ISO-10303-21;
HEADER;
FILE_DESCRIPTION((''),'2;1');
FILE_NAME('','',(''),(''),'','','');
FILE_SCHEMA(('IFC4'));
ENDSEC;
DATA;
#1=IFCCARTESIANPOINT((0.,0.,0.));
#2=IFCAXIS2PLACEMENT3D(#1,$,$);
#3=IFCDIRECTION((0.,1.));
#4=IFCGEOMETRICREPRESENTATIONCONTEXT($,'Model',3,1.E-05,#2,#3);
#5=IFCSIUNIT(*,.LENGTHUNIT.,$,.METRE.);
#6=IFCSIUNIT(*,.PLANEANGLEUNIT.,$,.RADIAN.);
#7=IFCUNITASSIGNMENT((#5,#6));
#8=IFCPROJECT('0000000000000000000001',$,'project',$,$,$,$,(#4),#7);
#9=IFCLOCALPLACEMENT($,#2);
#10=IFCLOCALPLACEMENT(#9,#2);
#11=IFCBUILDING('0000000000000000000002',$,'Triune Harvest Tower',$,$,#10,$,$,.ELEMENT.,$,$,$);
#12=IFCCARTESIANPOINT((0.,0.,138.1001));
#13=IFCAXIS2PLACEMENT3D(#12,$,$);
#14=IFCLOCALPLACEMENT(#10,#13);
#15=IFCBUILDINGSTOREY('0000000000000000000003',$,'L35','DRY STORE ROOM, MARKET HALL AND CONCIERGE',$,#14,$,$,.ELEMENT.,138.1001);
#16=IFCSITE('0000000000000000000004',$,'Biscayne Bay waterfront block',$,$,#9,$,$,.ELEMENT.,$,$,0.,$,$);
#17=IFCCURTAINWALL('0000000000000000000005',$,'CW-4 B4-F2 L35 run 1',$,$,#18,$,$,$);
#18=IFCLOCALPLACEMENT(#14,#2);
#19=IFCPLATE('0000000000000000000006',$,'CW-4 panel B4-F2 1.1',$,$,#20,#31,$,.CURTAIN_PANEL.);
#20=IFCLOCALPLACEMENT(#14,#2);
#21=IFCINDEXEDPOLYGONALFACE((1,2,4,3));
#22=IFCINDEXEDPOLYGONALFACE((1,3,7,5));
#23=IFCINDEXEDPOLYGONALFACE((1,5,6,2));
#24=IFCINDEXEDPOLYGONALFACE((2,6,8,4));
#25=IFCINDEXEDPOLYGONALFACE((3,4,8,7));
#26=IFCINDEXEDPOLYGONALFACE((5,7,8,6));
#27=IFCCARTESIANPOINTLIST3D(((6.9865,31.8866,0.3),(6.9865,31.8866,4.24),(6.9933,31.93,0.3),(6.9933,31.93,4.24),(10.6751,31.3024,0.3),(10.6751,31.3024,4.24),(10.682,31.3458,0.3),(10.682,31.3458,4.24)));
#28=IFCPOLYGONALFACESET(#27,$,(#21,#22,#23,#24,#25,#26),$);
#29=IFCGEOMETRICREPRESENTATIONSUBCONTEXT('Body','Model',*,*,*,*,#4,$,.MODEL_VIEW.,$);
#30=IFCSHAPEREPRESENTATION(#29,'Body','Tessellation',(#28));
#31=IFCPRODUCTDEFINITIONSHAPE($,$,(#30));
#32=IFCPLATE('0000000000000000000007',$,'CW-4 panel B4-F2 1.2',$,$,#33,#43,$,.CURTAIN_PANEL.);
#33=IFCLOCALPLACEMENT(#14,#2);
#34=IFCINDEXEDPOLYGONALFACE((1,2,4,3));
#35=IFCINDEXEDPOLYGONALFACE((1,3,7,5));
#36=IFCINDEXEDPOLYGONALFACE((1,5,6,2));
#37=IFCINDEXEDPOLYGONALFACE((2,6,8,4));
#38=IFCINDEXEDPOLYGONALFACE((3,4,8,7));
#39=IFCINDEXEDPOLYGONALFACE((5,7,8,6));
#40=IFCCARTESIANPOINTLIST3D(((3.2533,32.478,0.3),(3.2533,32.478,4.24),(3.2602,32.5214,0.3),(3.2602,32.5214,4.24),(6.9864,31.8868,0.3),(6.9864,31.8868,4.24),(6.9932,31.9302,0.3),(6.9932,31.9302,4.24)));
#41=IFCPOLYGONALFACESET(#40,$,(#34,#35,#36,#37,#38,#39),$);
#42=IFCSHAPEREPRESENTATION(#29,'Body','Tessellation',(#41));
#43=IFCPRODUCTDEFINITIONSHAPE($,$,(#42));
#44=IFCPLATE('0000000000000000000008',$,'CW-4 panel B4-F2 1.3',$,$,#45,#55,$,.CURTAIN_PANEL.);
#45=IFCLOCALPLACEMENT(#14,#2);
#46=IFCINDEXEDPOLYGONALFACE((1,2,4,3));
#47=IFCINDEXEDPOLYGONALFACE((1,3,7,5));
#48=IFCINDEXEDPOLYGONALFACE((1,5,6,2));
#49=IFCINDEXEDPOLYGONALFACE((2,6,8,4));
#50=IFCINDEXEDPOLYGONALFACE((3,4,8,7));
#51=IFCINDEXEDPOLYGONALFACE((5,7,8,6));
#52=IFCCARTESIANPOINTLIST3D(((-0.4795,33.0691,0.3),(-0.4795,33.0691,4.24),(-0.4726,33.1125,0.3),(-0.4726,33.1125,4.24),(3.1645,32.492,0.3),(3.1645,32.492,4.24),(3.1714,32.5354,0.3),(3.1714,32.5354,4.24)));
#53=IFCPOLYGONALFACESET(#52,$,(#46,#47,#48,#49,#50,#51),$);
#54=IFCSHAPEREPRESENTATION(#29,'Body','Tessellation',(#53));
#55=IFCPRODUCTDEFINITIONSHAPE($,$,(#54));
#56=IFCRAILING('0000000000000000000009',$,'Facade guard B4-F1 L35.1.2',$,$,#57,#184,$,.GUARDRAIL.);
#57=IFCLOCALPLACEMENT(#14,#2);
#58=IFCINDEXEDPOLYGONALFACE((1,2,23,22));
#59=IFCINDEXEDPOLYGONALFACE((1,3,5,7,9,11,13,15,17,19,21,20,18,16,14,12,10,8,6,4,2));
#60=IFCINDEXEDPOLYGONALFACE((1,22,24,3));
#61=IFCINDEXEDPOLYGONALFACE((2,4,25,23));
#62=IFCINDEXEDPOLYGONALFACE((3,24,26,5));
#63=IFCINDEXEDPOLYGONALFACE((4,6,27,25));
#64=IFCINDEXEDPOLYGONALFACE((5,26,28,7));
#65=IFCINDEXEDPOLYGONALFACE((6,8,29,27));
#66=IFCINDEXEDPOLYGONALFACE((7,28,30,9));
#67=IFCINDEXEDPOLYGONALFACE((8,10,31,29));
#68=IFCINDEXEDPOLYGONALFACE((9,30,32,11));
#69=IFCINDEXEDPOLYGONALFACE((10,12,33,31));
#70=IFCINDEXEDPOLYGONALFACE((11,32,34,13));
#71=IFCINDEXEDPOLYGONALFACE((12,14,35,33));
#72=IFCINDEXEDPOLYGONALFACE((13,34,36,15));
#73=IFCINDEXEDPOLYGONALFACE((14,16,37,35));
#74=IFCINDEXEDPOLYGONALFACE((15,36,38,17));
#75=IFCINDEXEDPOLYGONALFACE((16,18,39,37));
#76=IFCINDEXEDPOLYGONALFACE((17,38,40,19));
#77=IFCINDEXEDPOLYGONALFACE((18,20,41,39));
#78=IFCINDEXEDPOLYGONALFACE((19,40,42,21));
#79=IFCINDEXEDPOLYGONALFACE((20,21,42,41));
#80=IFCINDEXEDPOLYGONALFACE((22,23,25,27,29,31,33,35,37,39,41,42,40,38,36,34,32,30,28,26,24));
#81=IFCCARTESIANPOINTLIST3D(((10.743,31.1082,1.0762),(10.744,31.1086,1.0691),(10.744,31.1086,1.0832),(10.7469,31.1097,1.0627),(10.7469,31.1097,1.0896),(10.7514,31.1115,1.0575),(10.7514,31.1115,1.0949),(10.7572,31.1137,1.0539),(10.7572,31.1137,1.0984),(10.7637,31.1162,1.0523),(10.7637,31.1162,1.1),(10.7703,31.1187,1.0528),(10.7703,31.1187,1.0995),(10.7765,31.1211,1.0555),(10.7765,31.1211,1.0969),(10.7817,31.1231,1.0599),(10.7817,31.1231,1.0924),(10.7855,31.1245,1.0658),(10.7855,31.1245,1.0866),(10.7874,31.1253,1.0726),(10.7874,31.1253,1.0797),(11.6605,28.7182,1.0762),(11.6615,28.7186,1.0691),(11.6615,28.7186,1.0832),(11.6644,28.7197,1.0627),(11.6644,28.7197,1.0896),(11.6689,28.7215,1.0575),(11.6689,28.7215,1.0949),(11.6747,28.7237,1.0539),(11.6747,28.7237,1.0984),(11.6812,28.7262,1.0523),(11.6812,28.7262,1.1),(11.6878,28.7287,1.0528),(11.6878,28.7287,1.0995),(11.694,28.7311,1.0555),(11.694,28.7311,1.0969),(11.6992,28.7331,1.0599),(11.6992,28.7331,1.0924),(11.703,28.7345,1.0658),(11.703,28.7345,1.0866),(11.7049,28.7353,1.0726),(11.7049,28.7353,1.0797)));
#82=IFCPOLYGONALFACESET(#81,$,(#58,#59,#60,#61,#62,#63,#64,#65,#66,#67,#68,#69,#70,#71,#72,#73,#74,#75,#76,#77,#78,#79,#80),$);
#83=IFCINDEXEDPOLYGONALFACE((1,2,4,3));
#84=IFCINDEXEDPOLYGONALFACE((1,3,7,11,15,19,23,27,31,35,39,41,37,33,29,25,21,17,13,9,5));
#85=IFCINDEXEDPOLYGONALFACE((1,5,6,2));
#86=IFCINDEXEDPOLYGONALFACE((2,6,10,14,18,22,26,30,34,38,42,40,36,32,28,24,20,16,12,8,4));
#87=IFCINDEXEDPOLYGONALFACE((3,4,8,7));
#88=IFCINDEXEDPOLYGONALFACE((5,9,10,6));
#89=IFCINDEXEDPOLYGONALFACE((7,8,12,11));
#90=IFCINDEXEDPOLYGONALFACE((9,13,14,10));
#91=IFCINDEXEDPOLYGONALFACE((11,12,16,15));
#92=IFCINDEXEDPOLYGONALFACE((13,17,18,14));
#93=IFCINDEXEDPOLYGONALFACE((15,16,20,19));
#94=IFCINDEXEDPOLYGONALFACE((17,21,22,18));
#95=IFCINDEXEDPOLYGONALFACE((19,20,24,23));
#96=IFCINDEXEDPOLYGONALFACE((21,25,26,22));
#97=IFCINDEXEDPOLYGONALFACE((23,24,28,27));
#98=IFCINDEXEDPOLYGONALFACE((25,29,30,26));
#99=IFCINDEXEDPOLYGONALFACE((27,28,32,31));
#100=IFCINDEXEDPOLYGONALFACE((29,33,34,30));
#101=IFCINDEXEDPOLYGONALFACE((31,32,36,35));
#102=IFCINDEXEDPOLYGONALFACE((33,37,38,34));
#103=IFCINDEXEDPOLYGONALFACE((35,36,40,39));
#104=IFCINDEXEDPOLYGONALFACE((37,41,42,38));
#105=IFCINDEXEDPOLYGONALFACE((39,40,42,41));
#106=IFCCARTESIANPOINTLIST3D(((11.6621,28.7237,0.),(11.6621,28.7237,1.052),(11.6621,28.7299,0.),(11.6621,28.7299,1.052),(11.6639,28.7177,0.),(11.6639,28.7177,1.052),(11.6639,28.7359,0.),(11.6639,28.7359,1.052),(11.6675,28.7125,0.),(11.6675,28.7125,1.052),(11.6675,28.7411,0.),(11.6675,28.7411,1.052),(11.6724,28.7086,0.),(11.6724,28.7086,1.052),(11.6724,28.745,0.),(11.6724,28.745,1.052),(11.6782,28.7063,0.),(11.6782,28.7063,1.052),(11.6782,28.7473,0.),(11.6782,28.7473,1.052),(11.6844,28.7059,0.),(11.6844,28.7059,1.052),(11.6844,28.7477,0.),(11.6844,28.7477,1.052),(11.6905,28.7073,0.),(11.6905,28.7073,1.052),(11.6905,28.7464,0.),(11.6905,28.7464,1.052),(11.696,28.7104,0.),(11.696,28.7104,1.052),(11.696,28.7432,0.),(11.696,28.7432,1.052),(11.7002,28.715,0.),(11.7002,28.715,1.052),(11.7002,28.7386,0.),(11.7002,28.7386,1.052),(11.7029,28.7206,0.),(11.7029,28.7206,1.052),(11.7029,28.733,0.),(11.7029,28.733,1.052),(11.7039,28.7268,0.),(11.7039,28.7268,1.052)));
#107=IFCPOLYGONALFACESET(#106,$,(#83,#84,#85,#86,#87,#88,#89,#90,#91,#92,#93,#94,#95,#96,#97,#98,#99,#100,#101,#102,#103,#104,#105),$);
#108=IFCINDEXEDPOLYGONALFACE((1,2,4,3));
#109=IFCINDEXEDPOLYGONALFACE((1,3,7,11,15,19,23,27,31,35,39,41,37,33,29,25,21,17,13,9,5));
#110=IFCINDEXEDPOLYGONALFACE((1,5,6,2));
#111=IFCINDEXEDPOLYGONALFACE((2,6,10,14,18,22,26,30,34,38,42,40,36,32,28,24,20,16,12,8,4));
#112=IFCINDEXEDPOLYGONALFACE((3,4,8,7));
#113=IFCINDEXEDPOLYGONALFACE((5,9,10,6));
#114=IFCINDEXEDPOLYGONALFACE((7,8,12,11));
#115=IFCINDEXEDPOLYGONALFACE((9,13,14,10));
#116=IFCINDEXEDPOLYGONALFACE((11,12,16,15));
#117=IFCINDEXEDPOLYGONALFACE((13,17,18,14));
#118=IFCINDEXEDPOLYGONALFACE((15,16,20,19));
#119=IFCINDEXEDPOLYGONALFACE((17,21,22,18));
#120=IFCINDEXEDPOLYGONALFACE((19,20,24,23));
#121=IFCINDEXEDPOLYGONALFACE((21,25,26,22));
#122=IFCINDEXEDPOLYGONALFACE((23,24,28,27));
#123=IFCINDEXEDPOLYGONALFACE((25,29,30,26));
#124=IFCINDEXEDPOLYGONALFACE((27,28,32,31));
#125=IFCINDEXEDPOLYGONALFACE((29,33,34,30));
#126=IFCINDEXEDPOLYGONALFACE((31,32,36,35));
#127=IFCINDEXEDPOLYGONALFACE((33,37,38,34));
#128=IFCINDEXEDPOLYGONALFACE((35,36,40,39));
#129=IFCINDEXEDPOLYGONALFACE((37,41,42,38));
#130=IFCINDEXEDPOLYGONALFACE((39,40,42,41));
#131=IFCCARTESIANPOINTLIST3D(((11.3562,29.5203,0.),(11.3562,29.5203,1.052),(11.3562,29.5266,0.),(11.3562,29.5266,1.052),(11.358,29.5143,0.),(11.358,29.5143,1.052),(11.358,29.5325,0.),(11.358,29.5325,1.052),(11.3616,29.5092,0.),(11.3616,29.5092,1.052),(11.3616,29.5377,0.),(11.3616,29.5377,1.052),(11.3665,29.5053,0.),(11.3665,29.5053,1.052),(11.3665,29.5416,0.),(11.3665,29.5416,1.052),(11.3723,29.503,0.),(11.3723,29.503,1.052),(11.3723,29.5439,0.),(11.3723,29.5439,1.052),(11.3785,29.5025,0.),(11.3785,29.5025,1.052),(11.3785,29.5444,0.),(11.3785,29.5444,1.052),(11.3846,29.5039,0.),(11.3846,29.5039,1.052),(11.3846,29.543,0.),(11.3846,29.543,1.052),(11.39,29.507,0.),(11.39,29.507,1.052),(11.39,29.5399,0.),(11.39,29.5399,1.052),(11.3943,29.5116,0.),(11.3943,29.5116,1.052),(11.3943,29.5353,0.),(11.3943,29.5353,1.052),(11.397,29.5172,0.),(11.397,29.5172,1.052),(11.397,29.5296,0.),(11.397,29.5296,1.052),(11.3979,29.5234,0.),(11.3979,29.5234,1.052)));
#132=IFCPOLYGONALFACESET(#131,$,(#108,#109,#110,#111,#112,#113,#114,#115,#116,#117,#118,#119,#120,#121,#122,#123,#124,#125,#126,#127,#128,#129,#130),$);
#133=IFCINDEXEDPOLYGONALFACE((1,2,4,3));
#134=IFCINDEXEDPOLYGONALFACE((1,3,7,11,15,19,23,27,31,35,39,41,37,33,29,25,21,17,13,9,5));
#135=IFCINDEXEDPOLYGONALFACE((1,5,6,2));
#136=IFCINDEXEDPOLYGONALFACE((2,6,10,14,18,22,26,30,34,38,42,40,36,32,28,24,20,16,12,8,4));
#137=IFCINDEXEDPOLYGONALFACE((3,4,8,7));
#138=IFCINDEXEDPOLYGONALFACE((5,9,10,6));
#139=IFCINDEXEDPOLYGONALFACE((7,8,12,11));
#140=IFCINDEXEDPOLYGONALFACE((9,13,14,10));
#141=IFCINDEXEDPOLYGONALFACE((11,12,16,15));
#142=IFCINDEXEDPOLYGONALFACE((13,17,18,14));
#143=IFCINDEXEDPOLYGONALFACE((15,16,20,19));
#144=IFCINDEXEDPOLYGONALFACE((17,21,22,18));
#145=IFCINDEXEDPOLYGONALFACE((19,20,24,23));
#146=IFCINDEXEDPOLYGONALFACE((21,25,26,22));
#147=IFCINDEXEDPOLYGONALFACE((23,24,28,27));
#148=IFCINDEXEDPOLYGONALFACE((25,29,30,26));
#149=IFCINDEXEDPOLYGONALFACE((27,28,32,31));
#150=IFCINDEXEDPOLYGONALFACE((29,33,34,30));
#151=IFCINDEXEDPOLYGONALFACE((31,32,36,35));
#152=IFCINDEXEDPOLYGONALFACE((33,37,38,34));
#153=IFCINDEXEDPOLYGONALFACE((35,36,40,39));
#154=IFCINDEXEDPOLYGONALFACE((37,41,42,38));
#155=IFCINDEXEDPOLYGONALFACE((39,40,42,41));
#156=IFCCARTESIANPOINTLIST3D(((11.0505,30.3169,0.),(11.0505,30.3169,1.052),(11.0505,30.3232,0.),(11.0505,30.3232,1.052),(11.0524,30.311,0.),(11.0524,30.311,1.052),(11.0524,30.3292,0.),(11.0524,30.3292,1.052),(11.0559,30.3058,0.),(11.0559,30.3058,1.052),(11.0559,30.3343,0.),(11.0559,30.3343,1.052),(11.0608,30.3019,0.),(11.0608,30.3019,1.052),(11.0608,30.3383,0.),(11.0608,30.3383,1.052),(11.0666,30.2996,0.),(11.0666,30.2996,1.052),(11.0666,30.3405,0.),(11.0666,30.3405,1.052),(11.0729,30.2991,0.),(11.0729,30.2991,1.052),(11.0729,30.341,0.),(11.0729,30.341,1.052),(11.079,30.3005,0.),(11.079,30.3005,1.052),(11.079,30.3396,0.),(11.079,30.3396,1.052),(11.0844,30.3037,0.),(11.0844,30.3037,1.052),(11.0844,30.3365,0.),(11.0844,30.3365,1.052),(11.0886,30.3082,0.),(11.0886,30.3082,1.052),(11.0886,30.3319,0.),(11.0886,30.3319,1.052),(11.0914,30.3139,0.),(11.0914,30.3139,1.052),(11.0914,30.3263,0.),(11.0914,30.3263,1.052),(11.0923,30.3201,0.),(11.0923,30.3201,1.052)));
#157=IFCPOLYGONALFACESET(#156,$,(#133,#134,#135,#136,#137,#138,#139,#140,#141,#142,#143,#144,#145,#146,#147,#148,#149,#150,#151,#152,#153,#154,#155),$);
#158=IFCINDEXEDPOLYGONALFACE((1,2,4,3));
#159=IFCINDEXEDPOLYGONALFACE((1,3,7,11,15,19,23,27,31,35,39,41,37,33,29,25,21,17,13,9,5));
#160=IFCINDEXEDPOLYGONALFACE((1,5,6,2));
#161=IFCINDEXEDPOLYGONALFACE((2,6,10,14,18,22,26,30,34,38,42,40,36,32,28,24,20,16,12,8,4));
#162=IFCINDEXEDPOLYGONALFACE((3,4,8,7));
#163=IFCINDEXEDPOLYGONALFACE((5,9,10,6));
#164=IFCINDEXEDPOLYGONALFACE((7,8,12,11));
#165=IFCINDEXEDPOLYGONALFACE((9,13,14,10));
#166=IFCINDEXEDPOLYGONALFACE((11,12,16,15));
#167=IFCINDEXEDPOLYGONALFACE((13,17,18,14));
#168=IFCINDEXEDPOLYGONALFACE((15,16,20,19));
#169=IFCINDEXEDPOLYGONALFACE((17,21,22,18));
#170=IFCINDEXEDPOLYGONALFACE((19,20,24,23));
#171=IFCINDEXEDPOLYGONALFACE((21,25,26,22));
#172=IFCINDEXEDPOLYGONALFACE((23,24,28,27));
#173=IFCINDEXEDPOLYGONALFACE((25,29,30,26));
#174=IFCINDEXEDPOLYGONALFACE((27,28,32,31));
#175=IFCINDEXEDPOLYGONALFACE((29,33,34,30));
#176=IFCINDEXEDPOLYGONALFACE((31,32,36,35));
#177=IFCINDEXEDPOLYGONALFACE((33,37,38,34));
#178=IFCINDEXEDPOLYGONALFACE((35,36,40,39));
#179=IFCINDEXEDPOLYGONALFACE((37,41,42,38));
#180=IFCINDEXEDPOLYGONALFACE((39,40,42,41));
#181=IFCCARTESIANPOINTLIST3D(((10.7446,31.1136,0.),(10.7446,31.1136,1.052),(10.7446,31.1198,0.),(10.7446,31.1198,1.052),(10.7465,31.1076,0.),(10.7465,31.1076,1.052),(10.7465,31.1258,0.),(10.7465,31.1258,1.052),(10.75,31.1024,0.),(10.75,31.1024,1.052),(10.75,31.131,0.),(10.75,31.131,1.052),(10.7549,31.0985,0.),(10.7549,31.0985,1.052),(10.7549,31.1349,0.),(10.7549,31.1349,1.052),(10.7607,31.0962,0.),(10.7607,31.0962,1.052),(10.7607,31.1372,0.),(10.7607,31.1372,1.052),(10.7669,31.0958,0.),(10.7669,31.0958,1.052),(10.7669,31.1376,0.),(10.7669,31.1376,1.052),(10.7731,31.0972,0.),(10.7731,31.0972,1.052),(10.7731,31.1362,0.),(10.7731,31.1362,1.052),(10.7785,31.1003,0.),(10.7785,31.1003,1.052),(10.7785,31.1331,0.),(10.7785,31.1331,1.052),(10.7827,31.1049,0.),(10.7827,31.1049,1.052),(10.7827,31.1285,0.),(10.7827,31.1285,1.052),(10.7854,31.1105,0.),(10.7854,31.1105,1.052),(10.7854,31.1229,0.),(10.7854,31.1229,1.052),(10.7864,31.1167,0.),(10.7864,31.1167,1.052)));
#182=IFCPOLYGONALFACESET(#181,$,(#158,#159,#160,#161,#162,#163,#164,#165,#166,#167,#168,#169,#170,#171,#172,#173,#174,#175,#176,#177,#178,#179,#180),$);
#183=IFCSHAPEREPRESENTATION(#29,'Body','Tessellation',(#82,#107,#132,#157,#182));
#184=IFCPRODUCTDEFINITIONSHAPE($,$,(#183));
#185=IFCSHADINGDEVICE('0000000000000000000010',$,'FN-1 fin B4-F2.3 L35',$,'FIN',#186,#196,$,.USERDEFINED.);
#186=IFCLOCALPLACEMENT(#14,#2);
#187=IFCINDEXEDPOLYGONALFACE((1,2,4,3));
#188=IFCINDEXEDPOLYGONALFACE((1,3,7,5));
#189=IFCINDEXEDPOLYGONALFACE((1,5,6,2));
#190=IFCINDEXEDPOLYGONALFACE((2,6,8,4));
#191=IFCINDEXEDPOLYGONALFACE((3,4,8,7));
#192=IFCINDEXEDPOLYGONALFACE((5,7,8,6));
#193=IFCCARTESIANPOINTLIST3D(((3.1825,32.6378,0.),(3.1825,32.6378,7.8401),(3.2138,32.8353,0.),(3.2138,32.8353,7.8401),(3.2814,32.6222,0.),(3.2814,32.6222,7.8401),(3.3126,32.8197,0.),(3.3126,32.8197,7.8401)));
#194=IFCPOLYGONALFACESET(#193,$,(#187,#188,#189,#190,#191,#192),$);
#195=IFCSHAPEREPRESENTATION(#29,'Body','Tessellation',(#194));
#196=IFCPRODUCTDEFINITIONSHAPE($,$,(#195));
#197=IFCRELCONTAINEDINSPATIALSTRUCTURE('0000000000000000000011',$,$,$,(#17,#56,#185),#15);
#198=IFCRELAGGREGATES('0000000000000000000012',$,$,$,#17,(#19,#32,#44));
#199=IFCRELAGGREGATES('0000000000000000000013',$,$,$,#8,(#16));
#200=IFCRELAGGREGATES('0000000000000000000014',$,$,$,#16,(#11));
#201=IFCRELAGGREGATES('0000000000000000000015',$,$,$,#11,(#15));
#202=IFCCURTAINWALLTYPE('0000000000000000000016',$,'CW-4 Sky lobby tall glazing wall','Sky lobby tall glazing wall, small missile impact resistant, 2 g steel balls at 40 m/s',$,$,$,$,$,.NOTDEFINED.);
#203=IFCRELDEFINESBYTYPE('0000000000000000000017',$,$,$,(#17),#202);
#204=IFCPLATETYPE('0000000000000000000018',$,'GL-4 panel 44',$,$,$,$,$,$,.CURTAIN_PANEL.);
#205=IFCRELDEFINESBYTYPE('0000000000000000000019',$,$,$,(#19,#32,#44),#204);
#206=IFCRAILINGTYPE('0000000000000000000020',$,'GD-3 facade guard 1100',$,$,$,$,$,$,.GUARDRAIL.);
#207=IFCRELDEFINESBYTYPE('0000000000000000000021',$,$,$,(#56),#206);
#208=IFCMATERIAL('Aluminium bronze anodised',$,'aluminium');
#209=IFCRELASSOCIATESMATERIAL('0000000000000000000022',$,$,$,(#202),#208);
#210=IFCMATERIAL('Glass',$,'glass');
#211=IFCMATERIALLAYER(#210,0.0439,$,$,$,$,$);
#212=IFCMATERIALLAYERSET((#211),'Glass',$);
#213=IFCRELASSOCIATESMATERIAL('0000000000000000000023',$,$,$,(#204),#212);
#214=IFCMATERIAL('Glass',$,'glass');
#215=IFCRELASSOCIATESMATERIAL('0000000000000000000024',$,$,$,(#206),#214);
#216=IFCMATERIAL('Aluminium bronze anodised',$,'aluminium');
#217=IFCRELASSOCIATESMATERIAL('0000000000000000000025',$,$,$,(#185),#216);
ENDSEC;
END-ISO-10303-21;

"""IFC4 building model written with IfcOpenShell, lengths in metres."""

from ifc_helpers import new_model, si_unit, direction, frame, origin, origin_2d, place, context, subcontext, project, spatial, rectangle, circle, extrude, source, transform, mapped, material, layer, layer_set, type_object, element, aggregate, save


model = new_model("IFC4")

# Units and contexts
model_context = context("Model", 3, precision=1e-05, world=origin(), true_north=direction((0.0, 1.0)))
body_context = subcontext(model_context, "Body", "Model", "MODEL_VIEW")
ifc_project = project(units=[si_unit("LENGTHUNIT", "METRE"), si_unit("PLANEANGLEUNIT", "RADIAN")], contexts=[model_context])

# Site, building, storey
site_placement = place(None, origin())
site = spatial("IfcSite", under=ifc_project, at=site_placement, Name="Biscayne Bay waterfront block", CompositionType="ELEMENT", RefElevation=0.0)
building_placement = place(site_placement, origin())
building = spatial("IfcBuilding", under=site, at=building_placement, Name="Triune Harvest Tower", CompositionType="ELEMENT")
storey_placement = place(building_placement, frame((0.0, 0.0, 138.1001)))
storey = spatial("IfcBuildingStorey", under=building, at=storey_placement, Name="L35", Description="DRY STORE ROOM, MARKET HALL AND CONCIERGE", CompositionType="ELEMENT", Elevation=138.1001)

# Curtain wall
ifc_material_1 = material(Name="Aluminium bronze anodised", Category="aluminium")
curtain_wall_type_1 = type_object("IfcCurtainWallType", Name="CW-4 Sky lobby tall glazing wall", Description="Sky lobby tall glazing wall, small missile impact resistant, 2 g steel balls at 40 m/s", PredefinedType="NOTDEFINED", material=ifc_material_1)
curtain_wall_1_placement = place(storey_placement, origin())
curtain_wall_1 = element("IfcCurtainWall", 1, at=curtain_wall_1_placement, inside=storey, type_object=curtain_wall_type_1, Name="CW-4 B4-F2 L35 run 1")

# Plates
ifc_material_2 = material(Name="Glass", Category="glass")
ifc_layer_1 = layer(ifc_material_2, 0.0439)
ifc_layer_set_1 = layer_set([ifc_layer_1], Name="Glass")
plate_type_1 = type_object("IfcPlateType", Name="GL-4 panel 44", PredefinedType="CURTAIN_PANEL", material=ifc_layer_set_1)
shared_shape_1 = source(origin(), body_context, "Body", "SweptSolid", [
    extrude(rectangle(XDim=3.7346, YDim=0.0439, at=origin_2d()), origin(), (0.0, 0.0, 1.0), 3.9399),
])
plate_1_placement = place(storey_placement, frame((8.8342, 31.6162, 0.3), z_axis=(0.0, 0.0, 1.0), x_axis=(-0.987689, 0.156433, 0.0)))
plate_1 = element("IfcPlate", 2, at=plate_1_placement, type_object=plate_type_1, Name="CW-4 panel B4-F2 1.1", PredefinedType="CURTAIN_PANEL", context=body_context, shape_type="MappedRepresentation", body=[
    mapped(shared_shape_1, transform((0.0, 0.0, 0.0), scale=1.0)),
])
shared_shape_2 = source(origin(), body_context, "Body", "SweptSolid", [
    extrude(rectangle(XDim=3.7795, YDim=0.0439, at=origin_2d()), origin(), (0.0, 0.0, 1.0), 3.9399),
])
plate_2_placement = place(storey_placement, frame((5.1233, 32.2041, 0.3), z_axis=(0.0, 0.0, 1.0), x_axis=(-0.987689, 0.156433, 0.0)))
plate_2 = element("IfcPlate", 3, at=plate_2_placement, type_object=plate_type_1, Name="CW-4 panel B4-F2 1.2", PredefinedType="CURTAIN_PANEL", context=body_context, shape_type="MappedRepresentation", body=[
    mapped(shared_shape_2, transform((0.0, 0.0, 0.0), scale=1.0)),
])
shared_shape_3 = source(origin(), body_context, "Body", "SweptSolid", [
    extrude(rectangle(XDim=3.6895, YDim=0.0439, at=origin_2d()), origin(), (0.0, 0.0, 1.0), 3.9399),
])
plate_3_placement = place(storey_placement, frame((1.3459, 32.8022, 0.3), z_axis=(0.0, 0.0, 1.0), x_axis=(-0.987689, 0.156433, 0.0)))
plate_3 = element("IfcPlate", 4, at=plate_3_placement, type_object=plate_type_1, Name="CW-4 panel B4-F2 1.3", PredefinedType="CURTAIN_PANEL", context=body_context, shape_type="MappedRepresentation", body=[
    mapped(shared_shape_3, transform((0.0, 0.0, 0.0), scale=1.0)),
])
aggregate(curtain_wall_1, [plate_1, plate_2, plate_3])

# Railing
ifc_material_3 = material(Name="Glass", Category="glass")
railing_type = type_object("IfcRailingType", Name="GD-3 facade guard 1100", PredefinedType="GUARDRAIL", material=ifc_material_3)
railing_placement = place(storey_placement, frame((11.6829, 28.7268, 0.0)))
element("IfcRailing", 5, at=railing_placement, inside=storey, type_object=railing_type, Name="Facade guard B4-F1 L35.1.2", PredefinedType="GUARDRAIL", context=body_context, shape_type="SweptSolid", body=[
    extrude(circle(Radius=0.0239, at=origin_2d()), frame((0.0, 0.0, 1.0762), z_axis=(-0.358397, 0.933569, 0.0), x_axis=(-0.933569, -0.358397, 0.0)), (0.0, 0.0, 1.0), 2.5601),
    extrude(circle(Radius=0.021, at=origin_2d()), origin(), (0.0, 0.0, 1.0), 1.052),
    extrude(circle(Radius=0.021, at=origin_2d()), frame((-0.3059, 0.7966, 0.0)), (0.0, 0.0, 1.0), 1.052),
    extrude(circle(Radius=0.021, at=origin_2d()), frame((-0.6116, 1.5933, 0.0)), (0.0, 0.0, 1.0), 1.052),
    extrude(circle(Radius=0.021, at=origin_2d()), frame((-0.9175, 2.3899, 0.0)), (0.0, 0.0, 1.0), 1.052),
])

# Shading device
ifc_material_4 = material(Name="Aluminium bronze anodised", Category="aluminium")
shared_shape_4 = source(origin(), body_context, "Body", "SweptSolid", [
    extrude(rectangle(XDim=0.1001, YDim=0.2, at=origin_2d()), origin(), (0.0, 0.0, 1.0), 7.8401),
])
shading_device_placement = place(storey_placement, frame((3.2476, 32.7288, 0.0), z_axis=(0.0, 0.0, 1.0), x_axis=(-0.987689, 0.156433, 0.0)))
element("IfcShadingDevice", 6, at=shading_device_placement, inside=storey, material=ifc_material_4, Name="FN-1 fin B4-F2.3 L35", ObjectType="FIN", PredefinedType="USERDEFINED", context=body_context, shape_type="MappedRepresentation", body=[
    mapped(shared_shape_4, transform((0.0, 0.0, 0.0), scale=1.0)),
])

save(model, "model.ifc")
